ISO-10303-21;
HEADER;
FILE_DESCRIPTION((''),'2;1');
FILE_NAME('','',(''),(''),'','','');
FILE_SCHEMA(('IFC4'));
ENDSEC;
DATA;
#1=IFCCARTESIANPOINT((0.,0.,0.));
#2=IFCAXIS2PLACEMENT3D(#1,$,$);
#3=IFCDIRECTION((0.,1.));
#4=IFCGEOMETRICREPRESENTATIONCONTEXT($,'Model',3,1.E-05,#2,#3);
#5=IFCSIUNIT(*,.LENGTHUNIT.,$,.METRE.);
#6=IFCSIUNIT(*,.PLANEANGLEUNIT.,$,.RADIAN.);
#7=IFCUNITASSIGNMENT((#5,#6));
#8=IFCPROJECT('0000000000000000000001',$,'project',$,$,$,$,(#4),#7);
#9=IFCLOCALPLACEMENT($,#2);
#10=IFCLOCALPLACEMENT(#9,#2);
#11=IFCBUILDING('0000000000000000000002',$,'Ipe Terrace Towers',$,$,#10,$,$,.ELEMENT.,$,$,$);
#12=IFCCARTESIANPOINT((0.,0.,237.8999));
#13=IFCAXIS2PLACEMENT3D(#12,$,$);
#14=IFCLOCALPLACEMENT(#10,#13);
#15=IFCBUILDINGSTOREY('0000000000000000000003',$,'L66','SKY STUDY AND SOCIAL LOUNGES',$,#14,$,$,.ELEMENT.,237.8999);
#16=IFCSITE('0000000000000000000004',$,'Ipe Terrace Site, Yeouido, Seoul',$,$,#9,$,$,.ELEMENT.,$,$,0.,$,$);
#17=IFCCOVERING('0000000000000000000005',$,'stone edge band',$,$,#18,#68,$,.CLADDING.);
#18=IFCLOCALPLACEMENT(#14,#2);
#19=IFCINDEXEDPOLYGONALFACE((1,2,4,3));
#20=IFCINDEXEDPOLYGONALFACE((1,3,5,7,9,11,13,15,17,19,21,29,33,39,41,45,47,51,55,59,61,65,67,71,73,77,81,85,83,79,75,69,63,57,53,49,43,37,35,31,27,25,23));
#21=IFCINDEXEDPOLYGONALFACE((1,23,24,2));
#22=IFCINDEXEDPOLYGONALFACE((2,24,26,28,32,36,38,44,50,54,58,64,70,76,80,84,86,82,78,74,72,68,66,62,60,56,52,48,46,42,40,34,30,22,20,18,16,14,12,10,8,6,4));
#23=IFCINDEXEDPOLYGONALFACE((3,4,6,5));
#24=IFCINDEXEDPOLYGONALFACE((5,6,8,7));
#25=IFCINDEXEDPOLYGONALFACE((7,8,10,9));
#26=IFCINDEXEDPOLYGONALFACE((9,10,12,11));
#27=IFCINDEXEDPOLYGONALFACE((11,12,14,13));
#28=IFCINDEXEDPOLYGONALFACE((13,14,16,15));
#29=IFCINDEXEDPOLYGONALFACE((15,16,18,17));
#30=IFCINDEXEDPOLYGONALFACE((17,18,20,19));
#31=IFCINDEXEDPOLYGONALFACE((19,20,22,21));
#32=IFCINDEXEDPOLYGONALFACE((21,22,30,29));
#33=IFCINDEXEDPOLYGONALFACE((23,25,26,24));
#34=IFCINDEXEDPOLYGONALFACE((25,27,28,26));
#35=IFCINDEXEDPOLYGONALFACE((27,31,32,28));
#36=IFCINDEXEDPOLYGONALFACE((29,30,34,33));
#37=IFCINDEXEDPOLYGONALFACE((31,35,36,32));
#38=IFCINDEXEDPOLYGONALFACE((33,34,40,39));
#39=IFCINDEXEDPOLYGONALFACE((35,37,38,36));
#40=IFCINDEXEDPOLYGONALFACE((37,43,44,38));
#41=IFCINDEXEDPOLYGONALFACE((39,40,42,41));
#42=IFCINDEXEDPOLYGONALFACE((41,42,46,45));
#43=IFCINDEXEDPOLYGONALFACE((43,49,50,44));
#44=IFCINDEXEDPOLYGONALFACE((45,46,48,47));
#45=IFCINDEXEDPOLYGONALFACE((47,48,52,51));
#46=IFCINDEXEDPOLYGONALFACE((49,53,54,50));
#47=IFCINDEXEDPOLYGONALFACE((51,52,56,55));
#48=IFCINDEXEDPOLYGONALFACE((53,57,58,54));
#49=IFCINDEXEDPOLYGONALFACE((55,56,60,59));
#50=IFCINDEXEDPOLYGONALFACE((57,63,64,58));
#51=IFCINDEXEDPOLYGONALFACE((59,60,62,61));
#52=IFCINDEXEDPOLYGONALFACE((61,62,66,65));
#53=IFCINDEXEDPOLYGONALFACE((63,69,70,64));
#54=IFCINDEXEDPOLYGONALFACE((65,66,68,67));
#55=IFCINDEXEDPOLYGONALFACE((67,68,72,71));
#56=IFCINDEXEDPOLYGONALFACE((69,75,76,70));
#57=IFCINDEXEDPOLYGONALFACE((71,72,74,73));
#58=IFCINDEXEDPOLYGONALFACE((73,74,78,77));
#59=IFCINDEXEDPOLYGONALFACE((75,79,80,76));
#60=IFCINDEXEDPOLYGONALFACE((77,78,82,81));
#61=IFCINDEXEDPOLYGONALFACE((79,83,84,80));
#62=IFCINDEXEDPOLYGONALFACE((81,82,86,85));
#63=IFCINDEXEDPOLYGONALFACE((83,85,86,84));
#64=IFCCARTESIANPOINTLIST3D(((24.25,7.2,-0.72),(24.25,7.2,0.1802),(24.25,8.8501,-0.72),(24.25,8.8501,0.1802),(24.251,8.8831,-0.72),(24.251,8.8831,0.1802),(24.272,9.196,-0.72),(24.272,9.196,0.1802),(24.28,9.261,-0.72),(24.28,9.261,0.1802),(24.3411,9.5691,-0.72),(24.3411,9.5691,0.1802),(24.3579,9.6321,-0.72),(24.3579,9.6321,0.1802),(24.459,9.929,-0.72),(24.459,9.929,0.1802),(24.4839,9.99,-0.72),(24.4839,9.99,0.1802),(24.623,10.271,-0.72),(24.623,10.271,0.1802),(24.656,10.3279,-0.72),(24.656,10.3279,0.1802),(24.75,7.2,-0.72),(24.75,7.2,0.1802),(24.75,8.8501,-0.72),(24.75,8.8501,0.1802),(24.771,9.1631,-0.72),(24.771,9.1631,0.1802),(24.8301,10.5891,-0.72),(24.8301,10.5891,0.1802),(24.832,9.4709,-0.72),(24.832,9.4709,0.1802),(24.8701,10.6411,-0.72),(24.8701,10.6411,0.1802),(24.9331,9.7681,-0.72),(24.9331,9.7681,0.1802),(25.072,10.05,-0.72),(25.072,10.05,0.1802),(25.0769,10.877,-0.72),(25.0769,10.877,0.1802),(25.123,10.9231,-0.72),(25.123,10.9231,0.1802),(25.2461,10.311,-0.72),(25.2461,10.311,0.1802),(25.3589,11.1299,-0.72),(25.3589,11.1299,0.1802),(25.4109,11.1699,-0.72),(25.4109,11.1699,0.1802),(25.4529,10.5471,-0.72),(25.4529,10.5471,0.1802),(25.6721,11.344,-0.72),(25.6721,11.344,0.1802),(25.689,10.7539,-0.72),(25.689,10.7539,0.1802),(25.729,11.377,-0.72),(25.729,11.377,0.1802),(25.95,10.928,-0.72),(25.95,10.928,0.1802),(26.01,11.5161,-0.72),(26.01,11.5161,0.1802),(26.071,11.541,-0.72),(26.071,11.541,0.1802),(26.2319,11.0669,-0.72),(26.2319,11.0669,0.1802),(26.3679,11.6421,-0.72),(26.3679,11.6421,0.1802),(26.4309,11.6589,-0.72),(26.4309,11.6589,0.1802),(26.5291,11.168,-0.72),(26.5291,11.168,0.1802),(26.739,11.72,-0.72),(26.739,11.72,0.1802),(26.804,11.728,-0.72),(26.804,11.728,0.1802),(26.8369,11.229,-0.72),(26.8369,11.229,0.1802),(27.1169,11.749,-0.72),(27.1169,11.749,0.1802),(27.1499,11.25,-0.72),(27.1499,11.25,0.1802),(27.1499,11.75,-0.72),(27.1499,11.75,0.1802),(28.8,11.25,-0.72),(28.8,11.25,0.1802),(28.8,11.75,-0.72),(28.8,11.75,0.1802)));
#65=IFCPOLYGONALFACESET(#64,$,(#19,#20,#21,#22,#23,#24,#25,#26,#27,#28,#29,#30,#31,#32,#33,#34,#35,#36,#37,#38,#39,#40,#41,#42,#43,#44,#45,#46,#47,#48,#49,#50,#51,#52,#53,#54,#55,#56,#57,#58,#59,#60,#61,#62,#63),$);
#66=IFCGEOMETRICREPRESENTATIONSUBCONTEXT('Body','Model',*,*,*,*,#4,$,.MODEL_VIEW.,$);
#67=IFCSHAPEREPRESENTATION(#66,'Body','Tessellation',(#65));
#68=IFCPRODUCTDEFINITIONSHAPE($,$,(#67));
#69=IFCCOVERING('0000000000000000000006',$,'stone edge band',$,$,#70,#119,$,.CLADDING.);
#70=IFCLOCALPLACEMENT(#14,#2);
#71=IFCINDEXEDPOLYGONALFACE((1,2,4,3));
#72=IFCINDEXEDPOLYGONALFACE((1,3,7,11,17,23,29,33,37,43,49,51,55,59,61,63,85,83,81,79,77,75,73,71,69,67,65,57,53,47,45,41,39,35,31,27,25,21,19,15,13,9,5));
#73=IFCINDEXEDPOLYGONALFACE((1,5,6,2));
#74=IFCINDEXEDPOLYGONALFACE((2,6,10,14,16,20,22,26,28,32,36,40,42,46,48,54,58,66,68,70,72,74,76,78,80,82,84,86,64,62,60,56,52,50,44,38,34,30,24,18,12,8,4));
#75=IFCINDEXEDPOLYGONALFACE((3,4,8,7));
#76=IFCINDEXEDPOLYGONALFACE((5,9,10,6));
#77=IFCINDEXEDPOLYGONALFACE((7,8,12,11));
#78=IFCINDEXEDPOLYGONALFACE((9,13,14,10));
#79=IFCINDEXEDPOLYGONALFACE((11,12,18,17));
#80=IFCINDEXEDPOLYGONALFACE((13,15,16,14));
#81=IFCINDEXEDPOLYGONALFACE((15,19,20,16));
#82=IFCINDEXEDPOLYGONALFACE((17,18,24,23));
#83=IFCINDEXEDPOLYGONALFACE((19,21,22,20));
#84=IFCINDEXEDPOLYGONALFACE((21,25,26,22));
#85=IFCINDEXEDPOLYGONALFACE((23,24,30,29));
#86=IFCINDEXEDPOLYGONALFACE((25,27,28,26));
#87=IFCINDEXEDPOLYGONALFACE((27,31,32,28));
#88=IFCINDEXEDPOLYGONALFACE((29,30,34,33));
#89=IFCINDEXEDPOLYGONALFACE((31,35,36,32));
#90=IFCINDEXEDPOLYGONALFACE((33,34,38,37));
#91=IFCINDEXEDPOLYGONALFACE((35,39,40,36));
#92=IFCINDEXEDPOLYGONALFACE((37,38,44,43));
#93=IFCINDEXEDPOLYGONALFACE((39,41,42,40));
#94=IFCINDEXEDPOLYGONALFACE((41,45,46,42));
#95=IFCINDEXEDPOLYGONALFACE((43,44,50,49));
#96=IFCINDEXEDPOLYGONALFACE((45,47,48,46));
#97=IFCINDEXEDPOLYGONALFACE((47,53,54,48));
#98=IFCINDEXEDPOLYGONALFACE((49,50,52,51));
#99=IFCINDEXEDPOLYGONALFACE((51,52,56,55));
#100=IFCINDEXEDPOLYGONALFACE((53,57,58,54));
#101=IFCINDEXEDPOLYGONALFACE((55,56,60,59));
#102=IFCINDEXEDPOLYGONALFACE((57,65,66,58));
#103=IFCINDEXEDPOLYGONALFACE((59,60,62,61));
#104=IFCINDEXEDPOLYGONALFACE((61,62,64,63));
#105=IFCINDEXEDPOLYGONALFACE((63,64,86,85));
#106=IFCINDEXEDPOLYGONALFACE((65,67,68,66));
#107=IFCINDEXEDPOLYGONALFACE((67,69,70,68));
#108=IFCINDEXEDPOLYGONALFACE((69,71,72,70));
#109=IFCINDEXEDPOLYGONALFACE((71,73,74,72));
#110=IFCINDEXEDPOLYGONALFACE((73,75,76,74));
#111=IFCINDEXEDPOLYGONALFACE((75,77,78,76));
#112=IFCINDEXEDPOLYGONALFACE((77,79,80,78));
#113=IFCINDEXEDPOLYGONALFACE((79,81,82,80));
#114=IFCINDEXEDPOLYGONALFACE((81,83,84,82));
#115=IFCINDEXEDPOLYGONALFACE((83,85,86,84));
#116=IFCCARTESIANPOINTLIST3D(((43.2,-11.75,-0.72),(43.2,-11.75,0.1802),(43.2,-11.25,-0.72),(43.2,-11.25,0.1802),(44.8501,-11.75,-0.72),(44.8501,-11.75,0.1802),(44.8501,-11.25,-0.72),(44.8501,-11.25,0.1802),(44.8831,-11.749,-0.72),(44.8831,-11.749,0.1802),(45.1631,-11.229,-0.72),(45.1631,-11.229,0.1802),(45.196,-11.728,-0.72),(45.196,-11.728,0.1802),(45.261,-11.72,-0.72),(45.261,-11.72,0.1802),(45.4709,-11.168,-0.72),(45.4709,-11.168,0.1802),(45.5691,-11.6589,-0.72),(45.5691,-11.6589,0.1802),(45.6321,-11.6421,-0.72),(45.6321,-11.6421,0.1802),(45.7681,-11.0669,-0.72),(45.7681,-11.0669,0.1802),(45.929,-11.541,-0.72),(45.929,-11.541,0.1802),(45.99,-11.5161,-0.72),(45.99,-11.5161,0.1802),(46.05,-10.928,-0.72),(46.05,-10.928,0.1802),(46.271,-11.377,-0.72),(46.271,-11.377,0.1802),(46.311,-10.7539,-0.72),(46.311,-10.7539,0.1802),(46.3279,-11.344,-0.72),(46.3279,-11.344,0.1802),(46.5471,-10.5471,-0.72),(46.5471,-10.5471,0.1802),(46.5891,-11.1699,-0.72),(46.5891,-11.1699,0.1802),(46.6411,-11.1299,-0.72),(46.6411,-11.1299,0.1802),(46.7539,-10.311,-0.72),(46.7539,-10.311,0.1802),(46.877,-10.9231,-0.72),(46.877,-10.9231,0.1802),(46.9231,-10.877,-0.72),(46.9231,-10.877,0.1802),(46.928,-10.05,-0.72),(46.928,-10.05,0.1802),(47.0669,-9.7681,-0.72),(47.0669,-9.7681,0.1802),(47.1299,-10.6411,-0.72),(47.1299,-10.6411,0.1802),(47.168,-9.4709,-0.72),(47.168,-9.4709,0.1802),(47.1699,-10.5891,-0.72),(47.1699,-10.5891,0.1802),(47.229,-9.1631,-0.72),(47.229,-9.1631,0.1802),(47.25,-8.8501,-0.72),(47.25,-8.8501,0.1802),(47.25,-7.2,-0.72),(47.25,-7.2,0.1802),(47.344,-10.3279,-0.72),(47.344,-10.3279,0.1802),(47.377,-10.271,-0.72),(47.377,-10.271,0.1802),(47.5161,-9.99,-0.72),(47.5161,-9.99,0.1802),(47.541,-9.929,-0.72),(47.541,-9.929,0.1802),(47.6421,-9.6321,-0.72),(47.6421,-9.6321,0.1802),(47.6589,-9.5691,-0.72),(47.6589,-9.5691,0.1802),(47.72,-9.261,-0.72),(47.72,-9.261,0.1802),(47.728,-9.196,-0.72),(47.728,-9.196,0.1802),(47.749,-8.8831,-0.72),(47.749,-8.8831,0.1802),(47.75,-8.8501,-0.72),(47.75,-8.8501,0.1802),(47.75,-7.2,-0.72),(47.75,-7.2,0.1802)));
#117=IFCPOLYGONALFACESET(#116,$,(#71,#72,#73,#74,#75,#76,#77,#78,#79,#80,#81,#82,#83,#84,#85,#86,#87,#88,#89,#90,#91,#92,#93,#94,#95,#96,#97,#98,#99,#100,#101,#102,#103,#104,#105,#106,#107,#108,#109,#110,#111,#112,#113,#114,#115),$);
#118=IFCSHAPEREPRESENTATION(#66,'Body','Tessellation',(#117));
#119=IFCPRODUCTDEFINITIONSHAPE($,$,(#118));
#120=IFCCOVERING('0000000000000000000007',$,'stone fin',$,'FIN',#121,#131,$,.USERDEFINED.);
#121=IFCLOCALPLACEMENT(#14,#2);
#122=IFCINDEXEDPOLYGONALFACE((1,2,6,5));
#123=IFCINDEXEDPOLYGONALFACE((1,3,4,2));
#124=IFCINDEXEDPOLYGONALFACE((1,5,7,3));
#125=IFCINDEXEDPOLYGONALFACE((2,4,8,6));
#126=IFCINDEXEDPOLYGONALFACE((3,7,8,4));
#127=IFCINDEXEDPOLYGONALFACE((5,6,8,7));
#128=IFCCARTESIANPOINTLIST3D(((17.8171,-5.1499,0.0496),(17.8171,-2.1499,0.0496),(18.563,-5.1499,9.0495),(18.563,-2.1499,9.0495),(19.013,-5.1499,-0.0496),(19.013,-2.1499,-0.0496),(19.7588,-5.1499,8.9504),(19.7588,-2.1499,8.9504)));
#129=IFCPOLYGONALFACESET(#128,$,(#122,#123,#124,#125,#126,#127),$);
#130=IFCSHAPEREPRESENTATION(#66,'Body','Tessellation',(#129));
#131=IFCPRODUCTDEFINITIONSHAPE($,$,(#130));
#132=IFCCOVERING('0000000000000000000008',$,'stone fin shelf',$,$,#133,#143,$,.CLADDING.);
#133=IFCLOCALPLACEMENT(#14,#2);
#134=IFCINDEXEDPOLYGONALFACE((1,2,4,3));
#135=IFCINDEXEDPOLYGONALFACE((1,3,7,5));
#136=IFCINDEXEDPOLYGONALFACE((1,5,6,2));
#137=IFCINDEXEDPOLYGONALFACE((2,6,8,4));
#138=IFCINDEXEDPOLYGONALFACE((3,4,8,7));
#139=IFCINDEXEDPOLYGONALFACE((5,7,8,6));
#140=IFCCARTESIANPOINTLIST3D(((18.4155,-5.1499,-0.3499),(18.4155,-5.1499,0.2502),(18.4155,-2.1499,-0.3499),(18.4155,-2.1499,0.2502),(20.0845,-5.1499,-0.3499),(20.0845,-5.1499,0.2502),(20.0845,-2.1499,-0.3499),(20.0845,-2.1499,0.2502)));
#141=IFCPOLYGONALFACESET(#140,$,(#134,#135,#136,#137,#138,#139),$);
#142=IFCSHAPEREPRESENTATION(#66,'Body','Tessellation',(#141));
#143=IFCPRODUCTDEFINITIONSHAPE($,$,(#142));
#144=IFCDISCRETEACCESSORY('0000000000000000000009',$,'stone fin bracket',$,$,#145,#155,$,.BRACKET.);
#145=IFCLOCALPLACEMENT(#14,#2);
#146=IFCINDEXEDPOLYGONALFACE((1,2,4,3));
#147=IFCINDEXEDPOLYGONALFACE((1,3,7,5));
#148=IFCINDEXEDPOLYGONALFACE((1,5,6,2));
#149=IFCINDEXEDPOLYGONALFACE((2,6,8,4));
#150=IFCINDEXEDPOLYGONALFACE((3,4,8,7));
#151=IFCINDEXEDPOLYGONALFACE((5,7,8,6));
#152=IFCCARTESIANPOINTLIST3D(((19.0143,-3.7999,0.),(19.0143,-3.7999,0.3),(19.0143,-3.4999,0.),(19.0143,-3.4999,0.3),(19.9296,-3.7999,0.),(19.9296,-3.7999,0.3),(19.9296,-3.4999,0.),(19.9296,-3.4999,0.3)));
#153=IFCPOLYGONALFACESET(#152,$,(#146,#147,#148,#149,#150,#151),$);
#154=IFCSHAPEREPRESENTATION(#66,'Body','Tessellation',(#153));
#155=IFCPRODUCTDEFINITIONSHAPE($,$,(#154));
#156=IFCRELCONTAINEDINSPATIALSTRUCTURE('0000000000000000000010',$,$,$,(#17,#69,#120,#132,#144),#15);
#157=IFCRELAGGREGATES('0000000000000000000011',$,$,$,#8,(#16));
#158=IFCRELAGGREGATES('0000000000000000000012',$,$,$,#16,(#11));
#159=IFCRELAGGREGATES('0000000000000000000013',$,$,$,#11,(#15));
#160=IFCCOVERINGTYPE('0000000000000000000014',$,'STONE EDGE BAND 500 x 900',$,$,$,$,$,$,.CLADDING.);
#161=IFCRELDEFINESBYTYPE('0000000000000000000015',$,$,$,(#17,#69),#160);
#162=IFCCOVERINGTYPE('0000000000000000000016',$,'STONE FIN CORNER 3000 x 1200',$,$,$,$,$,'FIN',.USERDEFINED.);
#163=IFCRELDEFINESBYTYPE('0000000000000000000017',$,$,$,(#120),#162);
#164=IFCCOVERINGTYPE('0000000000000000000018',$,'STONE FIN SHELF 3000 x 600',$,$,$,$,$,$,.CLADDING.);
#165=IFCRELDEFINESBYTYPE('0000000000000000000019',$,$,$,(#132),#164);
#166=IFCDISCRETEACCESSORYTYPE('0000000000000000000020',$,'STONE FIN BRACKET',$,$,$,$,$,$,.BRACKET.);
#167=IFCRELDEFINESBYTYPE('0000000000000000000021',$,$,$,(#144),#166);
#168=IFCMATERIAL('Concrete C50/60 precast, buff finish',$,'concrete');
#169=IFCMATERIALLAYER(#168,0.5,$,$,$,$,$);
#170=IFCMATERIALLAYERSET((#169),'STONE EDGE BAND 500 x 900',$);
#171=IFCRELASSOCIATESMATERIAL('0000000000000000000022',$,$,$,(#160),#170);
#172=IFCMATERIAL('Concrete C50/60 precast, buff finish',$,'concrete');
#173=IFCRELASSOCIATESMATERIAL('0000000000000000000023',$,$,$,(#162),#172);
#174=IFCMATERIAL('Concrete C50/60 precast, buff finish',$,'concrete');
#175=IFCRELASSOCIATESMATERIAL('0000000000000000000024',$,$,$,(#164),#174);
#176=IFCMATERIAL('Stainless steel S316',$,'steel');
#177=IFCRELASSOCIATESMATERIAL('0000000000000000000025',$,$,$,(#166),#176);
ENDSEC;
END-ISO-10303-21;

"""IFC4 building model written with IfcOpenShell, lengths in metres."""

from ifc_helpers import new_model, si_unit, direction, frame, origin, origin_2d, place, context, subcontext, project, spatial, polyline, rectangle, outline, extrude, material, layer, layer_set, material_profile, profile_set, type_object, element, save


model = new_model("IFC4")

# Units and contexts
model_context = context("Model", 3, precision=1e-05, world=origin(), true_north=direction((0.0, 1.0)))
body_context = subcontext(model_context, "Body", "Model", "MODEL_VIEW")
ifc_project = project(units=[si_unit("LENGTHUNIT", "METRE"), si_unit("PLANEANGLEUNIT", "RADIAN")], contexts=[model_context])

# Site, building, storey
site_placement = place(None, origin())
site = spatial("IfcSite", under=ifc_project, at=site_placement, Name="Ipe Terrace Site, Yeouido, Seoul", CompositionType="ELEMENT", RefElevation=0.0)
building_placement = place(site_placement, origin())
building = spatial("IfcBuilding", under=site, at=building_placement, Name="Ipe Terrace Towers", CompositionType="ELEMENT")
storey_placement = place(building_placement, frame((0.0, 0.0, 237.8999)))
storey = spatial("IfcBuildingStorey", under=building, at=storey_placement, Name="L66", Description="SKY STUDY AND SOCIAL LOUNGES", CompositionType="ELEMENT", Elevation=237.8999)

# Coverings
ifc_material_1 = material(Name="Concrete C50/60 precast, buff finish", Category="concrete")
ifc_layer_1 = layer(ifc_material_1, 0.5)
ifc_layer_set_1 = layer_set([ifc_layer_1], Name="STONE EDGE BAND 500 x 900")
covering_type_1 = type_object("IfcCoveringType", Name="STONE EDGE BAND 500 x 900", PredefinedType="CLADDING", material=ifc_layer_set_1)
covering_1_placement = place(storey_placement, frame((0.0, 0.0, -0.72)))
element("IfcCovering", 1, at=covering_1_placement, inside=storey, type_object=covering_type_1, Name="stone edge band", PredefinedType="CLADDING", context=body_context, shape_type="SweptSolid", body=[
    extrude(outline(polyline([(24.25, 8.8501), (24.25, 7.2), (24.75, 7.2), (24.75, 8.8501), (24.771, 9.1631), (24.832, 9.4709), (24.9331, 9.7681), (25.072, 10.05), (25.2461, 10.311), (25.4529, 10.5471), (25.689, 10.7539), (25.95, 10.928), (26.2319, 11.0669), (26.5291, 11.168), (26.8369, 11.229), (27.1499, 11.25), (28.8, 11.25), (28.8, 11.75), (27.1499, 11.75), (27.1169, 11.749), (26.804, 11.728), (26.739, 11.72), (26.4309, 11.6589), (26.3679, 11.6421), (26.071, 11.541), (26.01, 11.5161), (25.729, 11.377), (25.6721, 11.344), (25.4109, 11.1699), (25.3589, 11.1299), (25.123, 10.9231), (25.0769, 10.877), (24.8701, 10.6411), (24.8301, 10.5891), (24.656, 10.3279), (24.623, 10.271), (24.4839, 9.99), (24.459, 9.929), (24.3579, 9.6321), (24.3411, 9.5691), (24.28, 9.261), (24.272, 9.196), (24.251, 8.8831), (24.25, 8.8501)])), origin(), (0.0, 0.0, 1.0), 0.9001),
])
covering_2_placement = place(storey_placement, frame((0.0, 0.0, -0.72)))
element("IfcCovering", 2, at=covering_2_placement, inside=storey, type_object=covering_type_1, Name="stone edge band", PredefinedType="CLADDING", context=body_context, shape_type="SweptSolid", body=[
    extrude(outline(polyline([(47.75, -8.8501), (47.75, -7.2), (47.25, -7.2), (47.25, -8.8501), (47.229, -9.1631), (47.168, -9.4709), (47.0669, -9.7681), (46.928, -10.05), (46.7539, -10.311), (46.5471, -10.5471), (46.311, -10.7539), (46.05, -10.928), (45.7681, -11.0669), (45.4709, -11.168), (45.1631, -11.229), (44.8501, -11.25), (43.2, -11.25), (43.2, -11.75), (44.8501, -11.75), (44.8831, -11.749), (45.196, -11.728), (45.261, -11.72), (45.5691, -11.6589), (45.6321, -11.6421), (45.929, -11.541), (45.99, -11.5161), (46.271, -11.377), (46.3279, -11.344), (46.5891, -11.1699), (46.6411, -11.1299), (46.877, -10.9231), (46.9231, -10.877), (47.1299, -10.6411), (47.1699, -10.5891), (47.344, -10.3279), (47.377, -10.271), (47.5161, -9.99), (47.541, -9.929), (47.6421, -9.6321), (47.6589, -9.5691), (47.72, -9.261), (47.728, -9.196), (47.749, -8.8831), (47.75, -8.8501)])), origin(), (0.0, 0.0, 1.0), 0.9001),
])
ifc_material_2 = material(Name="Concrete C50/60 precast, buff finish", Category="concrete")
ifc_material_profile = material_profile(ifc_material_2, rectangle(XDim=3.0, YDim=1.2, at=origin_2d()), Name="STONE FIN CORNER 3000 x 1200")
ifc_profile_set = profile_set([ifc_material_profile], Name="Concrete C50/60 precast, buff finish")
covering_type_2 = type_object("IfcCoveringType", Name="STONE FIN CORNER 3000 x 1200", ElementType="FIN", PredefinedType="USERDEFINED", material=ifc_profile_set)
covering_3_placement = place(storey_placement, frame((18.415, -3.6499, 0.0), z_axis=(0.082589, 0.0, 0.996584), x_axis=(0.0, -1.0, 0.0)))
element("IfcCovering", 3, at=covering_3_placement, inside=storey, type_object=covering_type_2, Name="stone fin", ObjectType="FIN", PredefinedType="USERDEFINED", context=body_context, shape_type="SweptSolid", body=[
    extrude(rectangle(XDim=3.0, YDim=1.2, at=origin_2d()), origin(), (0.0, 0.0, 1.0), 9.0308),
])
ifc_material_3 = material(Name="Concrete C50/60 precast, buff finish", Category="concrete")
covering_type_3 = type_object("IfcCoveringType", Name="STONE FIN SHELF 3000 x 600", PredefinedType="CLADDING", material=ifc_material_3)
covering_4_placement = place(storey_placement, frame((19.25, -3.6499, -0.3499), z_axis=(0.0, 0.0, 1.0), x_axis=(0.0, -1.0, 0.0)))
element("IfcCovering", 4, at=covering_4_placement, inside=storey, type_object=covering_type_3, Name="stone fin shelf", PredefinedType="CLADDING", context=body_context, shape_type="SweptSolid", body=[
    extrude(rectangle(XDim=3.0, YDim=1.6689, at=origin_2d()), origin(), (0.0, 0.0, 1.0), 0.6001),
])

# Discrete accessory
ifc_material_4 = material(Name="Stainless steel S316", Category="steel")
discrete_accessory_type = type_object("IfcDiscreteAccessoryType", Name="STONE FIN BRACKET", PredefinedType="BRACKET", material=ifc_material_4)
discrete_accessory_placement = place(storey_placement, frame((19.4719, -3.6499, 0.0), z_axis=(0.0, 0.0, 1.0), x_axis=(0.0, -1.0, 0.0)))
element("IfcDiscreteAccessory", 5, at=discrete_accessory_placement, inside=storey, type_object=discrete_accessory_type, Name="stone fin bracket", PredefinedType="BRACKET", context=body_context, shape_type="SweptSolid", body=[
    extrude(rectangle(XDim=0.3, YDim=0.9153, at=origin_2d()), origin(), (0.0, 0.0, 1.0), 0.3),
])

save(model, "model.ifc")
